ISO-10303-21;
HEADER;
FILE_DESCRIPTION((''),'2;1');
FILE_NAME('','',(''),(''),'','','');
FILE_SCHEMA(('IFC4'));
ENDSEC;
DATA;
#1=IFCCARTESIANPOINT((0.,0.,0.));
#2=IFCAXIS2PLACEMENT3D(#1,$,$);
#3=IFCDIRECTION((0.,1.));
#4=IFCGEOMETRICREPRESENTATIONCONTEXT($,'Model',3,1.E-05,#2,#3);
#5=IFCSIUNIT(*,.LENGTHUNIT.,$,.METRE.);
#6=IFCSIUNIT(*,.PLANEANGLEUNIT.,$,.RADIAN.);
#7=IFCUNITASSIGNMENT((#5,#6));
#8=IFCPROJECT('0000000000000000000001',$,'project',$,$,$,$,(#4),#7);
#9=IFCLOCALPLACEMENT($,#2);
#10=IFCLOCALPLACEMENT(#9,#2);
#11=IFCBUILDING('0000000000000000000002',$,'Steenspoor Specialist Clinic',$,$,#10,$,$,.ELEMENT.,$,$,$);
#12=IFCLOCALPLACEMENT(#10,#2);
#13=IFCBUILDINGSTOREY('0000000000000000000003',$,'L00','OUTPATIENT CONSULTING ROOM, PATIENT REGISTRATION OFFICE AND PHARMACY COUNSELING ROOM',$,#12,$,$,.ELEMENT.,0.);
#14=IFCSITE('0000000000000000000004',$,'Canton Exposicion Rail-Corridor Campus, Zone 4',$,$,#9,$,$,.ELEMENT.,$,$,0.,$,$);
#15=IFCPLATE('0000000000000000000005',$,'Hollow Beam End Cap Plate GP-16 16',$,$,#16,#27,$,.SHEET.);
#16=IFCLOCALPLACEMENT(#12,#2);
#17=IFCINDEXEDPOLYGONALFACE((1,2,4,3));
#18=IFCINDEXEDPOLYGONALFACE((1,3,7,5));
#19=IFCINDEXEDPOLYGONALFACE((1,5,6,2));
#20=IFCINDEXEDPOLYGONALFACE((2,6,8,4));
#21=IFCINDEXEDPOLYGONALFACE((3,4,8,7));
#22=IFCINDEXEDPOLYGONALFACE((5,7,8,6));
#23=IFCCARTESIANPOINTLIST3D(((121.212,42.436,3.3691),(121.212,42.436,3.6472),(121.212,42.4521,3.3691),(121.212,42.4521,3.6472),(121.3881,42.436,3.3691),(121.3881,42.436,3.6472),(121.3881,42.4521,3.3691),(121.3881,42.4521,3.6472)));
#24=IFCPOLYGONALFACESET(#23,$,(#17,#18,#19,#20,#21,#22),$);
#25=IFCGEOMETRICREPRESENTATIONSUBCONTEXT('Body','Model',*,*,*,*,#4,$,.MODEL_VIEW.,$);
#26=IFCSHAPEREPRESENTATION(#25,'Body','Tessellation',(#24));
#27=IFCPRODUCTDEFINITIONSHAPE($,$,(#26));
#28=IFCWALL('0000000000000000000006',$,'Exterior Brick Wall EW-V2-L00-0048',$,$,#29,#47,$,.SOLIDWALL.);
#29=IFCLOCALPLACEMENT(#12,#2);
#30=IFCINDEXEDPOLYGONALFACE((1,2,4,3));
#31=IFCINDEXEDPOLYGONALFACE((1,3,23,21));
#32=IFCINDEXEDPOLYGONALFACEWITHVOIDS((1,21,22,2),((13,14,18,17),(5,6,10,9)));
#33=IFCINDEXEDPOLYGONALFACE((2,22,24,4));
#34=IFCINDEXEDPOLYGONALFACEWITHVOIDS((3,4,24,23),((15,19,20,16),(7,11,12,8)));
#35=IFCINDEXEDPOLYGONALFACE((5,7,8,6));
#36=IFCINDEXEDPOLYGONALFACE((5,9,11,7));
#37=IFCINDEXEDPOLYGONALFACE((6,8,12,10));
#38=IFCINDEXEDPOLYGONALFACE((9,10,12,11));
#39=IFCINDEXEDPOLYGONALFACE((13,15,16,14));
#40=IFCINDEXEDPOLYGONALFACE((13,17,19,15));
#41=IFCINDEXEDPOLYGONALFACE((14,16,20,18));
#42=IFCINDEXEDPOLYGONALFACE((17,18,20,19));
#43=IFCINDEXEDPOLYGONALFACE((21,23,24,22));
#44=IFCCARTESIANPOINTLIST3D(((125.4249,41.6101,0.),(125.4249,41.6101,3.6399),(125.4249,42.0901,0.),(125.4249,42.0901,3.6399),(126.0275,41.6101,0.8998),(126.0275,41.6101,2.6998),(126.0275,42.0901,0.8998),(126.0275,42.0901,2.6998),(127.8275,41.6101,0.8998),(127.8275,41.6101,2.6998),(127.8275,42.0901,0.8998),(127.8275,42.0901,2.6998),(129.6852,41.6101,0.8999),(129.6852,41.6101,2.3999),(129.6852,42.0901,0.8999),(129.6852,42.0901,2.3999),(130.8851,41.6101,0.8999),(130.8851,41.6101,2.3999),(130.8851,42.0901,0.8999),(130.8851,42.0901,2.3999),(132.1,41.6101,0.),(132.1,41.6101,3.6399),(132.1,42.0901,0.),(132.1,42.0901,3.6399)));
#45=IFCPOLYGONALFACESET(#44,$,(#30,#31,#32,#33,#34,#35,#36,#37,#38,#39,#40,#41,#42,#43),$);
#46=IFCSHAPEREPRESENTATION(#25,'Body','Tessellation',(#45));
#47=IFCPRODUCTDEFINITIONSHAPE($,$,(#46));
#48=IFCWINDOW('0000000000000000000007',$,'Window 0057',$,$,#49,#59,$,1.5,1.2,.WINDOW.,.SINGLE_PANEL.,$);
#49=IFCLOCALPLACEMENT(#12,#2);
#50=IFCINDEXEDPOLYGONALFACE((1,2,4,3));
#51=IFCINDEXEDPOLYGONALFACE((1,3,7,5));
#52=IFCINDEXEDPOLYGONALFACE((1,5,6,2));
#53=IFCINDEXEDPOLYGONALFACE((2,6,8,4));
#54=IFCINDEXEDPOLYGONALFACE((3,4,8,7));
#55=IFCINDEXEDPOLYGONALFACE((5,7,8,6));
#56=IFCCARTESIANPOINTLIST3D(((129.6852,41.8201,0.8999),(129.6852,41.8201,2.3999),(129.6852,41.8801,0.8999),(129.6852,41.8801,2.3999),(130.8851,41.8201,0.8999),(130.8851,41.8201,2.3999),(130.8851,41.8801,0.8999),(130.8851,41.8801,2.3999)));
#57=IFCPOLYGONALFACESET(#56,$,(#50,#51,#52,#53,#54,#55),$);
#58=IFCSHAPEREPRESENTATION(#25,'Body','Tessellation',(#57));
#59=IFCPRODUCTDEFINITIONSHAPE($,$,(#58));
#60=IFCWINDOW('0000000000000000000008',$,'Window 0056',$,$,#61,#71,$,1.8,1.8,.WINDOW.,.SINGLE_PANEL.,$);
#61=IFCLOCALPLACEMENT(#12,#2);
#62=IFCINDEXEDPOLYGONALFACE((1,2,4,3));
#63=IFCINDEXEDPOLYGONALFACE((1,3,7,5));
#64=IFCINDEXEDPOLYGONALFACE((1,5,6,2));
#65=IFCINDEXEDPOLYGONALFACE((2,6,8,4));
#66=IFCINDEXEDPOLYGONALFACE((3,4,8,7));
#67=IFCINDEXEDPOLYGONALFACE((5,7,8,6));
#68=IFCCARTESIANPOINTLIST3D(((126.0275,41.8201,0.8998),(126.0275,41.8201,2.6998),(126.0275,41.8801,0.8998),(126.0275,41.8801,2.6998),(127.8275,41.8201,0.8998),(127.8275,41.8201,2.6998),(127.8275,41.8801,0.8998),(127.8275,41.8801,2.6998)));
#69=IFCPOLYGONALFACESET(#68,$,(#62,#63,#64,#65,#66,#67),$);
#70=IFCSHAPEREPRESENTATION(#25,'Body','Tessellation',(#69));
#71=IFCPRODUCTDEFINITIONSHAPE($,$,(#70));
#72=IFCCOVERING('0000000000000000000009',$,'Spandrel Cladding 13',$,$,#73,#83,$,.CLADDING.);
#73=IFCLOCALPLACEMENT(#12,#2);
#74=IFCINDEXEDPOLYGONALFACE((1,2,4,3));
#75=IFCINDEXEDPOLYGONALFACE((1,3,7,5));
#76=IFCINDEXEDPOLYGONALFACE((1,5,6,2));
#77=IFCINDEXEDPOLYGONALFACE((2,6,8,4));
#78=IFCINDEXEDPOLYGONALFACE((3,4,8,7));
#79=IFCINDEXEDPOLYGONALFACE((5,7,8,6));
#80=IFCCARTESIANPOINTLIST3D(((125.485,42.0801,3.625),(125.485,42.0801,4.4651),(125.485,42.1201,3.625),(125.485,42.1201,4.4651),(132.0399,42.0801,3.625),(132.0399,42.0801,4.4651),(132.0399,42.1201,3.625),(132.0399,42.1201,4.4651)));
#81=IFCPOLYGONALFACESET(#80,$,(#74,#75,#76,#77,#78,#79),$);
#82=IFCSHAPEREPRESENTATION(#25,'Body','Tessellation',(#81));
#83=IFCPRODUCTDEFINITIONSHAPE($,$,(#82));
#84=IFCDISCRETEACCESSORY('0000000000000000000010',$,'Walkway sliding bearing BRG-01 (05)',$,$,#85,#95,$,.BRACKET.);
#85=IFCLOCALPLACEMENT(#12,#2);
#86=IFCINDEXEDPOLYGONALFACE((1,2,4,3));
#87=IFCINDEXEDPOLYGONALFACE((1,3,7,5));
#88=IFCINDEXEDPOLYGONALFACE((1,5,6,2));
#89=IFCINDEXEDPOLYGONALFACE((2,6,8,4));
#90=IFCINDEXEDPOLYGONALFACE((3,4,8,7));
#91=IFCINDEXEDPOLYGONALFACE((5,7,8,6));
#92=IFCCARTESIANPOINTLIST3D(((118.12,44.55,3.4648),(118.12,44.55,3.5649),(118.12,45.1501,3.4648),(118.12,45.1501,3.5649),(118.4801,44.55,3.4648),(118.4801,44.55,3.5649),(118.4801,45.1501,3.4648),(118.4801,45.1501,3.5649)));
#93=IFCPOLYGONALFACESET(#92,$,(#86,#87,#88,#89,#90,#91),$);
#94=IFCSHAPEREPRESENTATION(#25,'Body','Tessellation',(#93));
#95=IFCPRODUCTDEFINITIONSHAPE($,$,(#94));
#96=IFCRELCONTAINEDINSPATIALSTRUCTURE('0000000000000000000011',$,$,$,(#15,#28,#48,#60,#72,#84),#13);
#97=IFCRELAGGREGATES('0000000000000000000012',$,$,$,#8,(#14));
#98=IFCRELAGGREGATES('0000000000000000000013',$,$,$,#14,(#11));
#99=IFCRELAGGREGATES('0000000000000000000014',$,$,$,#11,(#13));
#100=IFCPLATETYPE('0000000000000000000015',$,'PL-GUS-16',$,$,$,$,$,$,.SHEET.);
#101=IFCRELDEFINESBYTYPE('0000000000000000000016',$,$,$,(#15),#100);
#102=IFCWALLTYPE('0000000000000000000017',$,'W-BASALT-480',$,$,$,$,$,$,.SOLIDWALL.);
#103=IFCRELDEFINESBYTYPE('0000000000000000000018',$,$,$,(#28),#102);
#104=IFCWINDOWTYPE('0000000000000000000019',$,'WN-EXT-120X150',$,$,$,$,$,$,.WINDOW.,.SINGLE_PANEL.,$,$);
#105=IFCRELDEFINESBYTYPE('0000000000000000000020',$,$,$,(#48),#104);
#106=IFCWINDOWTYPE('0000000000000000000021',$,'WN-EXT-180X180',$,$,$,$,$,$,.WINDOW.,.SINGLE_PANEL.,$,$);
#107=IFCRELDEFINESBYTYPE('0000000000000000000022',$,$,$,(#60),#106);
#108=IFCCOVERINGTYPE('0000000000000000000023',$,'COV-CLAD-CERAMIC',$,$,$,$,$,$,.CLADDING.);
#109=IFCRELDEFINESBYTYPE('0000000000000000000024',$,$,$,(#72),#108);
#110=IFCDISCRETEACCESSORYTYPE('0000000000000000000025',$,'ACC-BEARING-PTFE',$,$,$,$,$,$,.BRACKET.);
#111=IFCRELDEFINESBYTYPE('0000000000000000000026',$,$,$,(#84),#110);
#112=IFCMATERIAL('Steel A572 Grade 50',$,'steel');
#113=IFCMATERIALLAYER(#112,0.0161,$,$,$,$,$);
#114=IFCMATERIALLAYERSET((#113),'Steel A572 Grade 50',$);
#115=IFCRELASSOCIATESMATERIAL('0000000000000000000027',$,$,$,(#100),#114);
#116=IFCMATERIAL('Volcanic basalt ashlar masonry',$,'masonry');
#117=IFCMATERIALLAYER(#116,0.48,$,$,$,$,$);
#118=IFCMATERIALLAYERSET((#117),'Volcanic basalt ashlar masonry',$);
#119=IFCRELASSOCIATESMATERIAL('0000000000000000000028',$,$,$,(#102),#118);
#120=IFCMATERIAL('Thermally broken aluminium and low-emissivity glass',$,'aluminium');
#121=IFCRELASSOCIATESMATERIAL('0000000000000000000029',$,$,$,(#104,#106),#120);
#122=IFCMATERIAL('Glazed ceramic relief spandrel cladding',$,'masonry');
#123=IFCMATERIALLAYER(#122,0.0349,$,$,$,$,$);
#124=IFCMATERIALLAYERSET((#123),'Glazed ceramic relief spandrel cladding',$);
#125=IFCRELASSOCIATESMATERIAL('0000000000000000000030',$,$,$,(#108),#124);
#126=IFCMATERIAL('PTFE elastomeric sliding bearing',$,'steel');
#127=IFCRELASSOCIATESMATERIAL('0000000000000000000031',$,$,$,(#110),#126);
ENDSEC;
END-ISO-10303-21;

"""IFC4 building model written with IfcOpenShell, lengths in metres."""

from ifc_helpers import new_model, si_unit, direction, frame, frame_2d, origin, origin_2d, place, context, subcontext, project, spatial, rectangle, extrude, material, layer, layer_set, type_object, element, fill, save


model = new_model("IFC4")

# Units and contexts
model_context = context("Model", 3, precision=1e-05, world=origin(), true_north=direction((0.0, 1.0)))
body_context = subcontext(model_context, "Body", "Model", "MODEL_VIEW")
ifc_project = project(units=[si_unit("LENGTHUNIT", "METRE"), si_unit("PLANEANGLEUNIT", "RADIAN")], contexts=[model_context])

# Site, building, storey
site_placement = place(None, origin())
site = spatial("IfcSite", under=ifc_project, at=site_placement, Name="Canton Exposicion Rail-Corridor Campus, Zone 4", CompositionType="ELEMENT", RefElevation=0.0)
building_placement = place(site_placement, origin())
building = spatial("IfcBuilding", under=site, at=building_placement, Name="Steenspoor Specialist Clinic", CompositionType="ELEMENT")
storey_placement = place(building_placement, origin())
storey = spatial("IfcBuildingStorey", under=building, at=storey_placement, Name="L00", Description="OUTPATIENT CONSULTING ROOM, PATIENT REGISTRATION OFFICE AND PHARMACY COUNSELING ROOM", CompositionType="ELEMENT", Elevation=0.0)

# Plate
ifc_material_1 = material(Name="Steel A572 Grade 50", Category="steel")
ifc_layer_1 = layer(ifc_material_1, 0.0161)
ifc_layer_set_1 = layer_set([ifc_layer_1], Name="Steel A572 Grade 50")
plate_type = type_object("IfcPlateType", Name="PL-GUS-16", PredefinedType="SHEET", material=ifc_layer_set_1)
plate_placement = place(storey_placement, frame((121.3, 42.4441, 3.3691), z_axis=(0.0, 0.0, 1.0), x_axis=(1.0, 0.0, 0.0)))
element("IfcPlate", 1, at=plate_placement, inside=storey, type_object=plate_type, Name="Hollow Beam End Cap Plate GP-16 16", PredefinedType="SHEET", context=body_context, shape_type="SweptSolid", body=[
    extrude(rectangle(XDim=0.176, YDim=0.0161, at=origin_2d()), origin(), (0.0, 0.0, 1.0), 0.2781),
])

# Wall, openings, windows
ifc_material_2 = material(Name="Volcanic basalt ashlar masonry", Category="masonry")
ifc_layer_2 = layer(ifc_material_2, 0.48)
ifc_layer_set_2 = layer_set([ifc_layer_2], Name="Volcanic basalt ashlar masonry")
wall_type = type_object("IfcWallType", Name="W-BASALT-480", PredefinedType="SOLIDWALL", material=ifc_layer_set_2)
wall_placement = place(storey_placement, frame((125.425, 41.8501, 0.0), z_axis=(0.0, 0.0, 1.0), x_axis=(1.0, 0.0, 0.0)))
wall = element("IfcWall", 2, at=wall_placement, inside=storey, type_object=wall_type, Name="Exterior Brick Wall EW-V2-L00-0048", PredefinedType="SOLIDWALL", context=body_context, shape_type="SweptSolid", body=[
    extrude(rectangle(XDim=6.675, YDim=0.48, at=frame_2d((3.3374, 0.0))), origin(), (0.0, 0.0, 1.0), 3.6399),
])
opening_1_placement = place(wall_placement, frame((0.6025, 0.0, 0.8999)))
opening_1 = element("IfcOpeningElement", 3, at=opening_1_placement, cuts=wall, PredefinedType="OPENING", context=body_context, shape_type="SweptSolid", body=[
    extrude(rectangle(XDim=1.8, YDim=1.8, at=frame_2d((0.8999, 0.8999))), frame((0.0, 0.25, 0.0), z_axis=(0.0, -1.0, 0.0), x_axis=(1.0, 0.0, 0.0)), (0.0, 0.0, 1.0), 0.5),
])
opening_2_placement = place(wall_placement, frame((4.26, 0.0, 0.8999)))
opening_2 = element("IfcOpeningElement", 4, at=opening_2_placement, cuts=wall, PredefinedType="OPENING", context=body_context, shape_type="SweptSolid", body=[
    extrude(rectangle(XDim=1.2, YDim=1.5, at=frame_2d((0.6001, 0.75))), frame((0.0, 0.25, 0.0), z_axis=(0.0, -1.0, 0.0), x_axis=(1.0, 0.0, 0.0)), (0.0, 0.0, 1.0), 0.5),
])
ifc_material_3 = material(Name="Thermally broken aluminium and low-emissivity glass", Category="aluminium")
window_type_1 = type_object("IfcWindowType", Name="WN-EXT-120X150", PartitioningType="SINGLE_PANEL", PredefinedType="WINDOW", material=ifc_material_3)
window_1_placement = place(opening_2_placement, origin())
window_1 = element("IfcWindow", 5, at=window_1_placement, inside=storey, type_object=window_type_1, Name="Window 0057", OverallHeight=1.5, OverallWidth=1.2, PartitioningType="SINGLE_PANEL", PredefinedType="WINDOW", context=body_context, shape_type="SweptSolid", body=[
    extrude(rectangle(XDim=1.2, YDim=1.5, at=frame_2d((0.6001, 0.75))), frame((0.0, 0.03, 0.0), z_axis=(0.0, -1.0, 0.0), x_axis=(1.0, 0.0, 0.0)), (0.0, 0.0, 1.0), 0.0601),
])
fill(opening_2, window_1)
window_type_2 = type_object("IfcWindowType", Name="WN-EXT-180X180", PartitioningType="SINGLE_PANEL", PredefinedType="WINDOW", material=ifc_material_3)
window_2_placement = place(opening_1_placement, origin())
window_2 = element("IfcWindow", 6, at=window_2_placement, inside=storey, type_object=window_type_2, Name="Window 0056", OverallHeight=1.8, OverallWidth=1.8, PartitioningType="SINGLE_PANEL", PredefinedType="WINDOW", context=body_context, shape_type="SweptSolid", body=[
    extrude(rectangle(XDim=1.8, YDim=1.8, at=frame_2d((0.8999, 0.8999))), frame((0.0, 0.03, 0.0), z_axis=(0.0, -1.0, 0.0), x_axis=(1.0, 0.0, 0.0)), (0.0, 0.0, 1.0), 0.0601),
])
fill(opening_1, window_2)

# Covering
ifc_material_4 = material(Name="Glazed ceramic relief spandrel cladding", Category="masonry")
ifc_layer_3 = layer(ifc_material_4, 0.0349)
ifc_layer_set_3 = layer_set([ifc_layer_3], Name="Glazed ceramic relief spandrel cladding")
covering_type = type_object("IfcCoveringType", Name="COV-CLAD-CERAMIC", PredefinedType="CLADDING", material=ifc_layer_set_3)
covering_placement = place(storey_placement, frame((128.7625, 42.1001, 3.625), z_axis=(0.0, 0.0, 1.0), x_axis=(1.0, 0.0, 0.0)))
element("IfcCovering", 7, at=covering_placement, inside=storey, type_object=covering_type, Name="Spandrel Cladding 13", PredefinedType="CLADDING", context=body_context, shape_type="SweptSolid", body=[
    extrude(rectangle(XDim=6.5549, YDim=0.04, at=origin_2d()), origin(), (0.0, 0.0, 1.0), 0.8401),
])

# Discrete accessory
ifc_material_5 = material(Name="PTFE elastomeric sliding bearing", Category="steel")
discrete_accessory_type = type_object("IfcDiscreteAccessoryType", Name="ACC-BEARING-PTFE", PredefinedType="BRACKET", material=ifc_material_5)
discrete_accessory_placement = place(storey_placement, frame((118.3, 44.8501, 3.4648), z_axis=(0.0, 0.0, 1.0), x_axis=(1.0, 0.0, 0.0)))
element("IfcDiscreteAccessory", 8, at=discrete_accessory_placement, inside=storey, type_object=discrete_accessory_type, Name="Walkway sliding bearing BRG-01 (05)", PredefinedType="BRACKET", context=body_context, shape_type="SweptSolid", body=[
    extrude(rectangle(XDim=0.3601, YDim=0.6001, at=origin_2d()), origin(), (0.0, 0.0, 1.0), 0.1001),
])

save(model, "model.ifc")
